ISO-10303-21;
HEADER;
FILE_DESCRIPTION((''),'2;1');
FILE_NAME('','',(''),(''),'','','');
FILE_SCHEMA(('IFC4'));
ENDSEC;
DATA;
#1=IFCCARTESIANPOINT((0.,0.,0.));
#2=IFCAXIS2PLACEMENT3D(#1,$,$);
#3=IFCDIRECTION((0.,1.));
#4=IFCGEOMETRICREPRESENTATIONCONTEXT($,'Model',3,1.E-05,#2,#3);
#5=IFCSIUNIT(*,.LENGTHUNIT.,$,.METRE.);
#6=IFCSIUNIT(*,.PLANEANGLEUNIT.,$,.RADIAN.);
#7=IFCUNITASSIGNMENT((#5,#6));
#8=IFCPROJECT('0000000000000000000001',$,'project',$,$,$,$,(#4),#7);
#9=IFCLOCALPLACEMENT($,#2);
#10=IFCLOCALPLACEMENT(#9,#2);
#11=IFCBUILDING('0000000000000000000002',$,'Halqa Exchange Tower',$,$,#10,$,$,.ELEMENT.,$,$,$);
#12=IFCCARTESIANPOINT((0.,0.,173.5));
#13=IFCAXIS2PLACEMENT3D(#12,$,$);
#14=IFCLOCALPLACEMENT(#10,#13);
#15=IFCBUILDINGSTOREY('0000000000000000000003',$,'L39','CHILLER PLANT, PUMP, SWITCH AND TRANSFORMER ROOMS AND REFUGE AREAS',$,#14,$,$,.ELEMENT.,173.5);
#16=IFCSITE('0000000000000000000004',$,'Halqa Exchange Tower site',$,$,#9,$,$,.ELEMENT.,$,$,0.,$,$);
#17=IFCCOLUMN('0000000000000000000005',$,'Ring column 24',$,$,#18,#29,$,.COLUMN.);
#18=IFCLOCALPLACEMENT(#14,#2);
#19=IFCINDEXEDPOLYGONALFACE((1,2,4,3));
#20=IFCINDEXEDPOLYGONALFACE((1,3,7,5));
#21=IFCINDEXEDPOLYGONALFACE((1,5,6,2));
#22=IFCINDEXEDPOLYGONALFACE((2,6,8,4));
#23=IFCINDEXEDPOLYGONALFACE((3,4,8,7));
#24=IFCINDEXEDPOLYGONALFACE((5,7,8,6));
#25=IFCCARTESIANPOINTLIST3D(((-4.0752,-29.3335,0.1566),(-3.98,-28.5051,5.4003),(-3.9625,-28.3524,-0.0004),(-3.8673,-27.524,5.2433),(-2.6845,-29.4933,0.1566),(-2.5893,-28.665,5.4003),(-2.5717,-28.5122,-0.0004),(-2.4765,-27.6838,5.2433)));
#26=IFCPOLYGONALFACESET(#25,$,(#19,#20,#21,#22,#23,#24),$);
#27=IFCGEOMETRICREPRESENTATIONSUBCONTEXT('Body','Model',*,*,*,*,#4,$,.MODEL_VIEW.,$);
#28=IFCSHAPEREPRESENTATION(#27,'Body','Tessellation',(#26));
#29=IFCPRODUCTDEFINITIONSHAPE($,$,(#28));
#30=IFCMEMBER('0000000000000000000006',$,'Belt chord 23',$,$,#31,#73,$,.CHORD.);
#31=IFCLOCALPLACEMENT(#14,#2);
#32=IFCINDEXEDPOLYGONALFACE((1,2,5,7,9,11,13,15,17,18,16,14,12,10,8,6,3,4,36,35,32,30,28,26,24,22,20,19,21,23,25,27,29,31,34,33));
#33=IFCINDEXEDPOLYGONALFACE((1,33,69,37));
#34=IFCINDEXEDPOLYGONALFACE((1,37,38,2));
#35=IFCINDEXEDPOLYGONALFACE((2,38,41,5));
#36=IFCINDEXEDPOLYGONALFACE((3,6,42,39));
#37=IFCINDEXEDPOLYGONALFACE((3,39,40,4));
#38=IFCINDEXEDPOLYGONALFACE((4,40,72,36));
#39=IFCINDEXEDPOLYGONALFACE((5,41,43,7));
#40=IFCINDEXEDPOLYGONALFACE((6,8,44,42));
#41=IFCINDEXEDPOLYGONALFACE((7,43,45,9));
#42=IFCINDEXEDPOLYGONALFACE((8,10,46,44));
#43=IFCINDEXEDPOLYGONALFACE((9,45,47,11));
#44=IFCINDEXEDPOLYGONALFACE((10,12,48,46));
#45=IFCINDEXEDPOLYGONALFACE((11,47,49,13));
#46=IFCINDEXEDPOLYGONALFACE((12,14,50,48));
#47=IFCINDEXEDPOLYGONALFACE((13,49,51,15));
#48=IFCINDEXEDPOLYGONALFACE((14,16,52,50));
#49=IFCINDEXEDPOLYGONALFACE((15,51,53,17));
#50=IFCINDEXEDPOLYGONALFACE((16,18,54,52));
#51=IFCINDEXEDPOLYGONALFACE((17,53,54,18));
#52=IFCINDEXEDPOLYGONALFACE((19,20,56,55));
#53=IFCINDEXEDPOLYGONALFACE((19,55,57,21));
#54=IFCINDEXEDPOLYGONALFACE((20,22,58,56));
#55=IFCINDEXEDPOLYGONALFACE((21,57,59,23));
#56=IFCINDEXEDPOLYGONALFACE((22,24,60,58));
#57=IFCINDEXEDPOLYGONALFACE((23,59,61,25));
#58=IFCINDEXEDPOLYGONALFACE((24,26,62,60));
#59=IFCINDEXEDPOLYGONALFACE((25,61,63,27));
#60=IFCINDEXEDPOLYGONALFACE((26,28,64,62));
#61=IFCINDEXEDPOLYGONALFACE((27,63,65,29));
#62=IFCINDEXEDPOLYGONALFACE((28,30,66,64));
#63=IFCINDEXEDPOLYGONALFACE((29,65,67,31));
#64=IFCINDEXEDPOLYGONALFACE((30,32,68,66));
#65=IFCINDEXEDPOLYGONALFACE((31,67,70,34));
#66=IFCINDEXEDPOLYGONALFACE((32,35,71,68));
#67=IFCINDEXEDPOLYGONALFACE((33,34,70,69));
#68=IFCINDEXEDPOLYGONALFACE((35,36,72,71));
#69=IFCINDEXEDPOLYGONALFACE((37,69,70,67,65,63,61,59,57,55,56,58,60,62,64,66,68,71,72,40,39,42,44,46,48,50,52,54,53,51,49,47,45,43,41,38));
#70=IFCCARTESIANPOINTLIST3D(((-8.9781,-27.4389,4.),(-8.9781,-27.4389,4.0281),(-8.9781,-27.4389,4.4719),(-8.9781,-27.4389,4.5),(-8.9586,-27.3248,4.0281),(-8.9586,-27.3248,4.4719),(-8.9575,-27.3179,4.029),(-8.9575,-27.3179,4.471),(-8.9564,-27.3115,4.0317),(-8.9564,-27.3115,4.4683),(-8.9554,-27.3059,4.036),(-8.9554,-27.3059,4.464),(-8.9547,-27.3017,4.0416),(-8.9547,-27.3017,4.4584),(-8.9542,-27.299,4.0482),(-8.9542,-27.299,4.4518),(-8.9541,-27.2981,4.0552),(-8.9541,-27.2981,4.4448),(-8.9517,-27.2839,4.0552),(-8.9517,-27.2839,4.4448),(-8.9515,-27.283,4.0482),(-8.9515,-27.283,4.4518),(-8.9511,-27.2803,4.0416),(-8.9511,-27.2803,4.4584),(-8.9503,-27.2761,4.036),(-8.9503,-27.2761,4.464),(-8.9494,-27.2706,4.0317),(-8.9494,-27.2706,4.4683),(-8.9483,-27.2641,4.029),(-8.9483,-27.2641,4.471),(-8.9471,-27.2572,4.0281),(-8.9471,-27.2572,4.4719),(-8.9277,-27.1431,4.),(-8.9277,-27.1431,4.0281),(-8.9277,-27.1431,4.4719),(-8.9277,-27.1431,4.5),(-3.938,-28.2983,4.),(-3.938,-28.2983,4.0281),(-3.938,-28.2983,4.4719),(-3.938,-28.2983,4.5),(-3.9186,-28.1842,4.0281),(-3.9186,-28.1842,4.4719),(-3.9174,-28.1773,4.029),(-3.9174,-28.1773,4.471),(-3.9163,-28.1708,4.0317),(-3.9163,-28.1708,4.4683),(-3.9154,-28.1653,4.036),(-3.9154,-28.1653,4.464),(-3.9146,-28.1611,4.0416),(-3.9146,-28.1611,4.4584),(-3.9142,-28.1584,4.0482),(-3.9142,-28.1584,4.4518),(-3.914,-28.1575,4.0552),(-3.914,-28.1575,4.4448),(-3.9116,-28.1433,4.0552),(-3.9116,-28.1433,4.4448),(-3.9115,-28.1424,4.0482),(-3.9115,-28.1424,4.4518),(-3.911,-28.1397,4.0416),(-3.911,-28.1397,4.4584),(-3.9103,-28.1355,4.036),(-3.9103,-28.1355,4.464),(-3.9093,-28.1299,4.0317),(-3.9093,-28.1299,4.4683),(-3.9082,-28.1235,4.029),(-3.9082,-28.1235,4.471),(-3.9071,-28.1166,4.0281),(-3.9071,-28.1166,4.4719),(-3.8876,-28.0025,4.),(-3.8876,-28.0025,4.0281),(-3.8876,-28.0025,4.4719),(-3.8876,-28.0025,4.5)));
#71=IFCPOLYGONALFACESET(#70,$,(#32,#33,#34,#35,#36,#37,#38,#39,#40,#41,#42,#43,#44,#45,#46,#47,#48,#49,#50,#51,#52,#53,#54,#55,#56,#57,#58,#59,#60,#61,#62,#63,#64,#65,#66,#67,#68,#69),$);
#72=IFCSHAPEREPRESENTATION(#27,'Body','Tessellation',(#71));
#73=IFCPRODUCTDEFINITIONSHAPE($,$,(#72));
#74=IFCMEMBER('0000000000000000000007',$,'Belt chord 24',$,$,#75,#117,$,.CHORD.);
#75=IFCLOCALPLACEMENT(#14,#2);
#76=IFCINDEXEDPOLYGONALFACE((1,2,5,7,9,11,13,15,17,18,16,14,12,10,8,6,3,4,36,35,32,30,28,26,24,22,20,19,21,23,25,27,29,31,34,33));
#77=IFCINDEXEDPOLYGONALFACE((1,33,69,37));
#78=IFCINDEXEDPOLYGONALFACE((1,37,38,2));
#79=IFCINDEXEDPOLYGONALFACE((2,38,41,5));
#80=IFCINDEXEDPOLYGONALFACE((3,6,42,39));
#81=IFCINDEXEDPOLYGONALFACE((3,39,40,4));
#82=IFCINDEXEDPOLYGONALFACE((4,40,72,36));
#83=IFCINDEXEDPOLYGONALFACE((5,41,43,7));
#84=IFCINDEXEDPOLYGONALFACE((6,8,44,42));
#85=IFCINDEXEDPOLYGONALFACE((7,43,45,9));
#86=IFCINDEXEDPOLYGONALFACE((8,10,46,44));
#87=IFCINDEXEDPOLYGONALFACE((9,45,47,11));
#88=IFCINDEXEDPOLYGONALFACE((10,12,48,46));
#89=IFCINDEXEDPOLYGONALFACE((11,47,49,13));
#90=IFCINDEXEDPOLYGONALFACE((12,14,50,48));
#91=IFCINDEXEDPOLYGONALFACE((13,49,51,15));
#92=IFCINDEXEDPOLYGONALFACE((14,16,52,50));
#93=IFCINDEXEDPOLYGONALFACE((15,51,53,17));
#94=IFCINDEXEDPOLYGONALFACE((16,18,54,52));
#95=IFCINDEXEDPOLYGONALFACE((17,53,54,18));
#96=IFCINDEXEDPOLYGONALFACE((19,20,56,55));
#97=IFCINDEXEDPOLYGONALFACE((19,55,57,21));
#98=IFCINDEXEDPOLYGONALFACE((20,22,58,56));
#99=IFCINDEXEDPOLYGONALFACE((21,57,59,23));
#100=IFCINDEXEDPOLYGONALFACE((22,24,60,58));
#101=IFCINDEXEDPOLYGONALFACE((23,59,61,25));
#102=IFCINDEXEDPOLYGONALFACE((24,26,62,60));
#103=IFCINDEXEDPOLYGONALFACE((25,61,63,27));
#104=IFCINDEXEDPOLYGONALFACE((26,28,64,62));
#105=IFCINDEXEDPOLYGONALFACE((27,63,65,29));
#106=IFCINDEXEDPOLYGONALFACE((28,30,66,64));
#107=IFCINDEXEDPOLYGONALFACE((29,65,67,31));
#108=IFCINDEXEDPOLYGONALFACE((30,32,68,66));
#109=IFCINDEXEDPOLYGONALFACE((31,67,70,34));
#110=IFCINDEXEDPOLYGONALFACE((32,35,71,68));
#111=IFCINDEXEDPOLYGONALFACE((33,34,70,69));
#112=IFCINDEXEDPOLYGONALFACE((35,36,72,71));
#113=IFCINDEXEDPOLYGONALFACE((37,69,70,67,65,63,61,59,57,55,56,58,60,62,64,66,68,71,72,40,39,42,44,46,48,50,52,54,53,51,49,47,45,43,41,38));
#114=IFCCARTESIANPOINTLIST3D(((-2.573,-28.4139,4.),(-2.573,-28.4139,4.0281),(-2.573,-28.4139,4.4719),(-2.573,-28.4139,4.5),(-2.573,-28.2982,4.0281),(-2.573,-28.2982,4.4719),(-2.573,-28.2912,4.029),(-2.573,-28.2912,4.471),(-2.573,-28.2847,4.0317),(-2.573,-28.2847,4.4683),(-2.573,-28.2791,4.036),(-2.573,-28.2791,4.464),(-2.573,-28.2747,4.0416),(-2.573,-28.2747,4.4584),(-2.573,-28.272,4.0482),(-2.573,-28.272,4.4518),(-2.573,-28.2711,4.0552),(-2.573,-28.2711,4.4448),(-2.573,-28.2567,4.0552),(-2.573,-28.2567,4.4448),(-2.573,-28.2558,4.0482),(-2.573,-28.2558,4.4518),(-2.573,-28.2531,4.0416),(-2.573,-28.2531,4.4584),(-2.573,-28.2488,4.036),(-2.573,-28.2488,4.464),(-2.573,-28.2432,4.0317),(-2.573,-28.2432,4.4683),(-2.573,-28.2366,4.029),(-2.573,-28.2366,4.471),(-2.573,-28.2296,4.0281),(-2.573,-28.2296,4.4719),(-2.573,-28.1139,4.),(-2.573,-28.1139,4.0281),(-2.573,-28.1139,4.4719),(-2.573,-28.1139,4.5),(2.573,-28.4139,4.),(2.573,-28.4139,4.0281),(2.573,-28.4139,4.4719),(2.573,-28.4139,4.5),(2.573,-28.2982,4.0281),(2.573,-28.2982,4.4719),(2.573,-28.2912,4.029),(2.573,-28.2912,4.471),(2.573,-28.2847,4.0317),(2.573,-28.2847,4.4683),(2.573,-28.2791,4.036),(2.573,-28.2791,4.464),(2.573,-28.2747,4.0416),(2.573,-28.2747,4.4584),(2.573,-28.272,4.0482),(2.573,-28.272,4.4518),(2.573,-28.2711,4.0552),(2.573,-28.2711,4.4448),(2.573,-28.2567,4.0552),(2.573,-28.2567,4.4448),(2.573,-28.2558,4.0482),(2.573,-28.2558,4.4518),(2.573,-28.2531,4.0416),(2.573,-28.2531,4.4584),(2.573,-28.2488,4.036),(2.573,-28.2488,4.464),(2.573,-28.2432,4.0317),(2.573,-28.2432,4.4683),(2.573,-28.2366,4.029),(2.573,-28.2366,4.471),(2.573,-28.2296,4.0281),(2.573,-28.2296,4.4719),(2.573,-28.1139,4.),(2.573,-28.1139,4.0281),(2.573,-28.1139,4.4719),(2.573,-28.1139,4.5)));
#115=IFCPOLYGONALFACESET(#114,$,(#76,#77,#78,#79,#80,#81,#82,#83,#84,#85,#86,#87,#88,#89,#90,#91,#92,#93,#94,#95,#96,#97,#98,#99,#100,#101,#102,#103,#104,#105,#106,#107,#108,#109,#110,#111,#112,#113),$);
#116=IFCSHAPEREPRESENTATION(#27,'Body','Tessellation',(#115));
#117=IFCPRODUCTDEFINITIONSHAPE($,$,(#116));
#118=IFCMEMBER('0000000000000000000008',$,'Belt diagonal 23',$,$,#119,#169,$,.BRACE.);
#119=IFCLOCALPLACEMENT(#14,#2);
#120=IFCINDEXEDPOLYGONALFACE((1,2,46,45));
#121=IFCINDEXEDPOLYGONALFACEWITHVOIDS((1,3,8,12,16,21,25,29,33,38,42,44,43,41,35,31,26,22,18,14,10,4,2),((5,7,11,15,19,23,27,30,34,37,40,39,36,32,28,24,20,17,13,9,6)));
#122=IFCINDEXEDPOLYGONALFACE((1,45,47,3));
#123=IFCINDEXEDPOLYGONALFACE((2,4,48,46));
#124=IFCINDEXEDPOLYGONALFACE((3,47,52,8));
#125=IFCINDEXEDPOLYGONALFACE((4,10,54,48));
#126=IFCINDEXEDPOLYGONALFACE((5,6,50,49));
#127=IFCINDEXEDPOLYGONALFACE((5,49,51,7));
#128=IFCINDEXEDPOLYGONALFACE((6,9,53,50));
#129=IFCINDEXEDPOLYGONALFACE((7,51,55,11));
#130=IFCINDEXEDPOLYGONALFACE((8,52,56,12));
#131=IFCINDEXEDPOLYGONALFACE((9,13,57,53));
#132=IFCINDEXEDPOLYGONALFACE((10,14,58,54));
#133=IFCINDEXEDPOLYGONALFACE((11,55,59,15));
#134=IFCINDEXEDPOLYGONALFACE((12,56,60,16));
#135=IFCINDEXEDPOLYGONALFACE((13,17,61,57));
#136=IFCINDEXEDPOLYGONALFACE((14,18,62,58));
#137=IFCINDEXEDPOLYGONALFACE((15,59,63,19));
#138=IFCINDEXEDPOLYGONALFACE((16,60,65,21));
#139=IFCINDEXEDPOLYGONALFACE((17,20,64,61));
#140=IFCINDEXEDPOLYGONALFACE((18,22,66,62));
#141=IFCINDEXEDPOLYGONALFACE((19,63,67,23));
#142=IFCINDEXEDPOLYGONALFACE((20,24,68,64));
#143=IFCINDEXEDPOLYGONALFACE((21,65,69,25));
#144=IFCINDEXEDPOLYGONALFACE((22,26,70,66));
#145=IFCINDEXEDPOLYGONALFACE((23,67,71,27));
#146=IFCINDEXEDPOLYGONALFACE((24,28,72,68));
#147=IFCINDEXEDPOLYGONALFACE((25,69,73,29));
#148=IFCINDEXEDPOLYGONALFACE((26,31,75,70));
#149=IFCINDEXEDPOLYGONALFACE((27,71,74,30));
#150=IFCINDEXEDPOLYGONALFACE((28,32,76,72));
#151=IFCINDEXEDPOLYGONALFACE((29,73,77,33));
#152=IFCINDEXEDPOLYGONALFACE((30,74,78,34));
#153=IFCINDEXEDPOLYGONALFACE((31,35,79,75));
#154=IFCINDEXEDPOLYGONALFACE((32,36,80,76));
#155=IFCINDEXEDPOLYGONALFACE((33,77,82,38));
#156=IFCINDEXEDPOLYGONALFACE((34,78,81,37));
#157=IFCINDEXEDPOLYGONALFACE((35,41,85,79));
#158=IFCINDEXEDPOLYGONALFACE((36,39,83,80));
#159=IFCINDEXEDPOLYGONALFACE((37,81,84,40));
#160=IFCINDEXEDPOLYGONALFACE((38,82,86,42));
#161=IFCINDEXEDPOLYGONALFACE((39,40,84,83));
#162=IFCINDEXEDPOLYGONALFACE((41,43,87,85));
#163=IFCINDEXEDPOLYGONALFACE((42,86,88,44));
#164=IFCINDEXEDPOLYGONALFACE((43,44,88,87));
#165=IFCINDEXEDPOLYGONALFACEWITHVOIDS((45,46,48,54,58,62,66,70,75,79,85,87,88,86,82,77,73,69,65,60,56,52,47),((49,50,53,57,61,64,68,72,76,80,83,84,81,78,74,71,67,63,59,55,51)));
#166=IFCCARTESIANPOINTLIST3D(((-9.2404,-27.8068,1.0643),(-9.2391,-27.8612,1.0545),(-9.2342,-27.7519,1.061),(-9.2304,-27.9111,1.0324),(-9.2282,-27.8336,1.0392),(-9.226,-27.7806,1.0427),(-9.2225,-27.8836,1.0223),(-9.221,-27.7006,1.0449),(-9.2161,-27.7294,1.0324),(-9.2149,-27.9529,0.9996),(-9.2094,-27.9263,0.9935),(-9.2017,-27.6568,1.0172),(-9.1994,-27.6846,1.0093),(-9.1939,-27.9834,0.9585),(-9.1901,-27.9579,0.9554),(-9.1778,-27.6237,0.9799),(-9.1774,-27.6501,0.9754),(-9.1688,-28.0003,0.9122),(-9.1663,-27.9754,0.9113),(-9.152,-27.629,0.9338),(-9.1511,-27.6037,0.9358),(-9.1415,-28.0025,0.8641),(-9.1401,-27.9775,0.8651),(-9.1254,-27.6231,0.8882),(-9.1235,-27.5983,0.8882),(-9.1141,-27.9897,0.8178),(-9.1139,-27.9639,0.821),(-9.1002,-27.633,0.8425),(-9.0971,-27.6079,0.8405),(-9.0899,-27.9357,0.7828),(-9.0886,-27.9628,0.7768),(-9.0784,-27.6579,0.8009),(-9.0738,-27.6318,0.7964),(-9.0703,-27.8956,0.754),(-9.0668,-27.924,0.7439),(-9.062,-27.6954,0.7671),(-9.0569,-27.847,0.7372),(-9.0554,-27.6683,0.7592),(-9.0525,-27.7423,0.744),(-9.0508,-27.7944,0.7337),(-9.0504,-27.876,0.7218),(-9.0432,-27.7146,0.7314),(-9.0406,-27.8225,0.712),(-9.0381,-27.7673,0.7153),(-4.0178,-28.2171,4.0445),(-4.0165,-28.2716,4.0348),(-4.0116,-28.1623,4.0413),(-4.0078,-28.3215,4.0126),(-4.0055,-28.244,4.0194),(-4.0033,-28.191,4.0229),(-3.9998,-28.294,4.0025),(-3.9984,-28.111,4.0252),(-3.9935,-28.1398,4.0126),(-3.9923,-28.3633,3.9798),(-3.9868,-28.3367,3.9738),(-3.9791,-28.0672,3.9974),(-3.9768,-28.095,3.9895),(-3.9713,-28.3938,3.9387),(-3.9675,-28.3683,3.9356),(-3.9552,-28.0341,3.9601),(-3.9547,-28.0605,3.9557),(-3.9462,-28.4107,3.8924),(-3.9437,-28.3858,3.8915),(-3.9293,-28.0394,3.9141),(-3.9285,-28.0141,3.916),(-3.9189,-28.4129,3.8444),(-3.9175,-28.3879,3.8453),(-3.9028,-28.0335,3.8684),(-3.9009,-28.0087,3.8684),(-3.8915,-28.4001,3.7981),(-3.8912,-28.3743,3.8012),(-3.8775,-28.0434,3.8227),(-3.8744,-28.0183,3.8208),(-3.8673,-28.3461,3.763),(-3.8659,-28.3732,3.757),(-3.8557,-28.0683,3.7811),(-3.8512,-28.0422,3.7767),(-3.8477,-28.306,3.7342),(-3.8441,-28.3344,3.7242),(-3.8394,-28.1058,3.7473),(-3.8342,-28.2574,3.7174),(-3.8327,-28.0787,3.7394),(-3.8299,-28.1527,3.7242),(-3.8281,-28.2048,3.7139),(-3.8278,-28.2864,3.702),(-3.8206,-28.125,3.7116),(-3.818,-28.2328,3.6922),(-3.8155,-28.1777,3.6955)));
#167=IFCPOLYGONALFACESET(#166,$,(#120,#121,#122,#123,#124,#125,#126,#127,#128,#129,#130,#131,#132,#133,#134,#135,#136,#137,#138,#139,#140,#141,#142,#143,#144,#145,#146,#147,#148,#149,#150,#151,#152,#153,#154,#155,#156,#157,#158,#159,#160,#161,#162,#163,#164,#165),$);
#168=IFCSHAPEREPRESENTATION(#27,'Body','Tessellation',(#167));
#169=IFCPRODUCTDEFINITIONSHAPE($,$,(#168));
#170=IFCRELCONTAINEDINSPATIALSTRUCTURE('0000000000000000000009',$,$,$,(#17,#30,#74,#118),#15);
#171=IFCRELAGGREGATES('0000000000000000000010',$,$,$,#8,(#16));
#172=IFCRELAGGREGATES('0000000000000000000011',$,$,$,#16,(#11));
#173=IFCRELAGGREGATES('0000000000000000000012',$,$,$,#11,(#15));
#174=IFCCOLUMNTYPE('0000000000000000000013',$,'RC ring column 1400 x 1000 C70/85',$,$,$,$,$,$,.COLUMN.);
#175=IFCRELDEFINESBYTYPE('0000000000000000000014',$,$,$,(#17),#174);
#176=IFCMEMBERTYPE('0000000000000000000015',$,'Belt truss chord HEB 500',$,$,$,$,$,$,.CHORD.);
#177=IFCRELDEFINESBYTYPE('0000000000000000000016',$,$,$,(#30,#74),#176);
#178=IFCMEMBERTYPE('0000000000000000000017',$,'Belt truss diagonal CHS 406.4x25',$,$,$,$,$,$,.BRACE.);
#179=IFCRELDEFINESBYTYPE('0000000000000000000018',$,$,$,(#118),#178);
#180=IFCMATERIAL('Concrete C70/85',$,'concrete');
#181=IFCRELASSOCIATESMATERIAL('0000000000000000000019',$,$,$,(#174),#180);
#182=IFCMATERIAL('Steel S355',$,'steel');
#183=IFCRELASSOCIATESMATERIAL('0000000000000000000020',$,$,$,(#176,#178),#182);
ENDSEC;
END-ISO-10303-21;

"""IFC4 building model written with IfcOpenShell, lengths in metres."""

from ifc_helpers import new_model, si_unit, direction, frame, origin, origin_2d, place, context, subcontext, project, spatial, rectangle, hollow_circle, i_section, extrude, material, material_profile, profile_set, type_object, element, save


model = new_model("IFC4")

# Units and contexts
model_context = context("Model", 3, precision=1e-05, world=origin(), true_north=direction((0.0, 1.0)))
body_context = subcontext(model_context, "Body", "Model", "MODEL_VIEW")
ifc_project = project(units=[si_unit("LENGTHUNIT", "METRE"), si_unit("PLANEANGLEUNIT", "RADIAN")], contexts=[model_context])

# Site, building, storey
site_placement = place(None, origin())
site = spatial("IfcSite", under=ifc_project, at=site_placement, Name="Halqa Exchange Tower site", CompositionType="ELEMENT", RefElevation=0.0)
building_placement = place(site_placement, origin())
building = spatial("IfcBuilding", under=site, at=building_placement, Name="Halqa Exchange Tower", CompositionType="ELEMENT")
storey_placement = place(building_placement, frame((0.0, 0.0, 173.5)))
storey = spatial("IfcBuildingStorey", under=building, at=storey_placement, Name="L39", Description="CHILLER PLANT, PUMP, SWITCH AND TRANSFORMER ROOMS AND REFUGE AREAS", CompositionType="ELEMENT", Elevation=173.5)

# Column
ifc_material_1 = material(Name="Concrete C70/85", Category="concrete")
ifc_material_profile_1 = material_profile(ifc_material_1, rectangle(XDim=1.3999, YDim=1.0, at=origin_2d()), Name="1400 x 1000")
ifc_profile_set_1 = profile_set([ifc_material_profile_1], Name="Concrete C70/85")
column_type = type_object("IfcColumnType", Name="RC ring column 1400 x 1000 C70/85", PredefinedType="COLUMN", material=ifc_profile_set_1)
column_placement = place(storey_placement, frame((-3.3235, -28.9229, 0.0781), z_axis=(0.017933, 0.156015, 0.987592), x_axis=(-0.993459, 0.114191, 0.0)))
element("IfcColumn", 1, at=column_placement, inside=storey, type_object=column_type, Name="Ring column 24", PredefinedType="COLUMN", context=body_context, shape_type="SweptSolid", body=[
    extrude(rectangle(XDim=1.3999, YDim=1.0, at=origin_2d()), origin(), (0.0, 0.0, 1.0), 5.3096),
])

# Members
ifc_material_2 = material(Name="Steel S355", Category="steel")
ifc_material_profile_2 = material_profile(ifc_material_2, i_section(OverallWidth=0.3, OverallDepth=0.5, WebThickness=0.0144, FlangeThickness=0.0281, FilletRadius=0.0271, at=origin_2d()), Name="HEB 500")
ifc_profile_set_2 = profile_set([ifc_material_profile_2], Name="Steel S355")
member_type_1 = type_object("IfcMemberType", Name="Belt truss chord HEB 500", PredefinedType="CHORD", material=ifc_profile_set_2)
member_1_placement = place(storey_placement, frame((-8.9529, -27.291, 4.25), z_axis=(0.985773, -0.168084, 0.0), x_axis=(0.168084, 0.985773, 0.0)))
element("IfcMember", 2, at=member_1_placement, inside=storey, type_object=member_type_1, Name="Belt chord 23", PredefinedType="CHORD", context=body_context, shape_type="SweptSolid", body=[
    extrude(i_section(OverallWidth=0.3, OverallDepth=0.5, WebThickness=0.0144, FlangeThickness=0.0281, FilletRadius=0.0271, at=origin_2d()), origin(), (0.0, 0.0, 1.0), 5.1128),
])
member_2_placement = place(storey_placement, frame((-2.573, -28.2639, 4.25), z_axis=(1.0, 0.0, 0.0), x_axis=(0.0, 1.0, 0.0)))
element("IfcMember", 3, at=member_2_placement, inside=storey, type_object=member_type_1, Name="Belt chord 24", PredefinedType="CHORD", context=body_context, shape_type="SweptSolid", body=[
    extrude(i_section(OverallWidth=0.3, OverallDepth=0.5, WebThickness=0.0144, FlangeThickness=0.0281, FilletRadius=0.0271, at=origin_2d()), origin(), (0.0, 0.0, 1.0), 5.146),
])
ifc_material_profile_3 = material_profile(ifc_material_2, hollow_circle(Radius=0.2031, WallThickness=0.0249, at=origin_2d()), Name="CHS 406.4x25")
ifc_profile_set_3 = profile_set([ifc_material_profile_3], Name="Steel S355")
member_type_2 = type_object("IfcMemberType", Name="Belt truss diagonal CHS 406.4x25", PredefinedType="BRACE", material=ifc_profile_set_3)
member_3_placement = place(storey_placement, frame((-9.1394, -27.8008, 0.8882), z_axis=(0.866524, -0.068092, 0.494468), x_axis=(0.078339, 0.996927, 0.0)))
element("IfcMember", 4, at=member_3_placement, inside=storey, type_object=member_type_2, Name="Belt diagonal 23", PredefinedType="BRACE", context=body_context, shape_type="SweptSolid", body=[
    extrude(hollow_circle(Radius=0.2031, WallThickness=0.0249, at=origin_2d()), origin(), (0.0, 0.0, 1.0), 6.0271),
])

save(model, "model.ifc")
